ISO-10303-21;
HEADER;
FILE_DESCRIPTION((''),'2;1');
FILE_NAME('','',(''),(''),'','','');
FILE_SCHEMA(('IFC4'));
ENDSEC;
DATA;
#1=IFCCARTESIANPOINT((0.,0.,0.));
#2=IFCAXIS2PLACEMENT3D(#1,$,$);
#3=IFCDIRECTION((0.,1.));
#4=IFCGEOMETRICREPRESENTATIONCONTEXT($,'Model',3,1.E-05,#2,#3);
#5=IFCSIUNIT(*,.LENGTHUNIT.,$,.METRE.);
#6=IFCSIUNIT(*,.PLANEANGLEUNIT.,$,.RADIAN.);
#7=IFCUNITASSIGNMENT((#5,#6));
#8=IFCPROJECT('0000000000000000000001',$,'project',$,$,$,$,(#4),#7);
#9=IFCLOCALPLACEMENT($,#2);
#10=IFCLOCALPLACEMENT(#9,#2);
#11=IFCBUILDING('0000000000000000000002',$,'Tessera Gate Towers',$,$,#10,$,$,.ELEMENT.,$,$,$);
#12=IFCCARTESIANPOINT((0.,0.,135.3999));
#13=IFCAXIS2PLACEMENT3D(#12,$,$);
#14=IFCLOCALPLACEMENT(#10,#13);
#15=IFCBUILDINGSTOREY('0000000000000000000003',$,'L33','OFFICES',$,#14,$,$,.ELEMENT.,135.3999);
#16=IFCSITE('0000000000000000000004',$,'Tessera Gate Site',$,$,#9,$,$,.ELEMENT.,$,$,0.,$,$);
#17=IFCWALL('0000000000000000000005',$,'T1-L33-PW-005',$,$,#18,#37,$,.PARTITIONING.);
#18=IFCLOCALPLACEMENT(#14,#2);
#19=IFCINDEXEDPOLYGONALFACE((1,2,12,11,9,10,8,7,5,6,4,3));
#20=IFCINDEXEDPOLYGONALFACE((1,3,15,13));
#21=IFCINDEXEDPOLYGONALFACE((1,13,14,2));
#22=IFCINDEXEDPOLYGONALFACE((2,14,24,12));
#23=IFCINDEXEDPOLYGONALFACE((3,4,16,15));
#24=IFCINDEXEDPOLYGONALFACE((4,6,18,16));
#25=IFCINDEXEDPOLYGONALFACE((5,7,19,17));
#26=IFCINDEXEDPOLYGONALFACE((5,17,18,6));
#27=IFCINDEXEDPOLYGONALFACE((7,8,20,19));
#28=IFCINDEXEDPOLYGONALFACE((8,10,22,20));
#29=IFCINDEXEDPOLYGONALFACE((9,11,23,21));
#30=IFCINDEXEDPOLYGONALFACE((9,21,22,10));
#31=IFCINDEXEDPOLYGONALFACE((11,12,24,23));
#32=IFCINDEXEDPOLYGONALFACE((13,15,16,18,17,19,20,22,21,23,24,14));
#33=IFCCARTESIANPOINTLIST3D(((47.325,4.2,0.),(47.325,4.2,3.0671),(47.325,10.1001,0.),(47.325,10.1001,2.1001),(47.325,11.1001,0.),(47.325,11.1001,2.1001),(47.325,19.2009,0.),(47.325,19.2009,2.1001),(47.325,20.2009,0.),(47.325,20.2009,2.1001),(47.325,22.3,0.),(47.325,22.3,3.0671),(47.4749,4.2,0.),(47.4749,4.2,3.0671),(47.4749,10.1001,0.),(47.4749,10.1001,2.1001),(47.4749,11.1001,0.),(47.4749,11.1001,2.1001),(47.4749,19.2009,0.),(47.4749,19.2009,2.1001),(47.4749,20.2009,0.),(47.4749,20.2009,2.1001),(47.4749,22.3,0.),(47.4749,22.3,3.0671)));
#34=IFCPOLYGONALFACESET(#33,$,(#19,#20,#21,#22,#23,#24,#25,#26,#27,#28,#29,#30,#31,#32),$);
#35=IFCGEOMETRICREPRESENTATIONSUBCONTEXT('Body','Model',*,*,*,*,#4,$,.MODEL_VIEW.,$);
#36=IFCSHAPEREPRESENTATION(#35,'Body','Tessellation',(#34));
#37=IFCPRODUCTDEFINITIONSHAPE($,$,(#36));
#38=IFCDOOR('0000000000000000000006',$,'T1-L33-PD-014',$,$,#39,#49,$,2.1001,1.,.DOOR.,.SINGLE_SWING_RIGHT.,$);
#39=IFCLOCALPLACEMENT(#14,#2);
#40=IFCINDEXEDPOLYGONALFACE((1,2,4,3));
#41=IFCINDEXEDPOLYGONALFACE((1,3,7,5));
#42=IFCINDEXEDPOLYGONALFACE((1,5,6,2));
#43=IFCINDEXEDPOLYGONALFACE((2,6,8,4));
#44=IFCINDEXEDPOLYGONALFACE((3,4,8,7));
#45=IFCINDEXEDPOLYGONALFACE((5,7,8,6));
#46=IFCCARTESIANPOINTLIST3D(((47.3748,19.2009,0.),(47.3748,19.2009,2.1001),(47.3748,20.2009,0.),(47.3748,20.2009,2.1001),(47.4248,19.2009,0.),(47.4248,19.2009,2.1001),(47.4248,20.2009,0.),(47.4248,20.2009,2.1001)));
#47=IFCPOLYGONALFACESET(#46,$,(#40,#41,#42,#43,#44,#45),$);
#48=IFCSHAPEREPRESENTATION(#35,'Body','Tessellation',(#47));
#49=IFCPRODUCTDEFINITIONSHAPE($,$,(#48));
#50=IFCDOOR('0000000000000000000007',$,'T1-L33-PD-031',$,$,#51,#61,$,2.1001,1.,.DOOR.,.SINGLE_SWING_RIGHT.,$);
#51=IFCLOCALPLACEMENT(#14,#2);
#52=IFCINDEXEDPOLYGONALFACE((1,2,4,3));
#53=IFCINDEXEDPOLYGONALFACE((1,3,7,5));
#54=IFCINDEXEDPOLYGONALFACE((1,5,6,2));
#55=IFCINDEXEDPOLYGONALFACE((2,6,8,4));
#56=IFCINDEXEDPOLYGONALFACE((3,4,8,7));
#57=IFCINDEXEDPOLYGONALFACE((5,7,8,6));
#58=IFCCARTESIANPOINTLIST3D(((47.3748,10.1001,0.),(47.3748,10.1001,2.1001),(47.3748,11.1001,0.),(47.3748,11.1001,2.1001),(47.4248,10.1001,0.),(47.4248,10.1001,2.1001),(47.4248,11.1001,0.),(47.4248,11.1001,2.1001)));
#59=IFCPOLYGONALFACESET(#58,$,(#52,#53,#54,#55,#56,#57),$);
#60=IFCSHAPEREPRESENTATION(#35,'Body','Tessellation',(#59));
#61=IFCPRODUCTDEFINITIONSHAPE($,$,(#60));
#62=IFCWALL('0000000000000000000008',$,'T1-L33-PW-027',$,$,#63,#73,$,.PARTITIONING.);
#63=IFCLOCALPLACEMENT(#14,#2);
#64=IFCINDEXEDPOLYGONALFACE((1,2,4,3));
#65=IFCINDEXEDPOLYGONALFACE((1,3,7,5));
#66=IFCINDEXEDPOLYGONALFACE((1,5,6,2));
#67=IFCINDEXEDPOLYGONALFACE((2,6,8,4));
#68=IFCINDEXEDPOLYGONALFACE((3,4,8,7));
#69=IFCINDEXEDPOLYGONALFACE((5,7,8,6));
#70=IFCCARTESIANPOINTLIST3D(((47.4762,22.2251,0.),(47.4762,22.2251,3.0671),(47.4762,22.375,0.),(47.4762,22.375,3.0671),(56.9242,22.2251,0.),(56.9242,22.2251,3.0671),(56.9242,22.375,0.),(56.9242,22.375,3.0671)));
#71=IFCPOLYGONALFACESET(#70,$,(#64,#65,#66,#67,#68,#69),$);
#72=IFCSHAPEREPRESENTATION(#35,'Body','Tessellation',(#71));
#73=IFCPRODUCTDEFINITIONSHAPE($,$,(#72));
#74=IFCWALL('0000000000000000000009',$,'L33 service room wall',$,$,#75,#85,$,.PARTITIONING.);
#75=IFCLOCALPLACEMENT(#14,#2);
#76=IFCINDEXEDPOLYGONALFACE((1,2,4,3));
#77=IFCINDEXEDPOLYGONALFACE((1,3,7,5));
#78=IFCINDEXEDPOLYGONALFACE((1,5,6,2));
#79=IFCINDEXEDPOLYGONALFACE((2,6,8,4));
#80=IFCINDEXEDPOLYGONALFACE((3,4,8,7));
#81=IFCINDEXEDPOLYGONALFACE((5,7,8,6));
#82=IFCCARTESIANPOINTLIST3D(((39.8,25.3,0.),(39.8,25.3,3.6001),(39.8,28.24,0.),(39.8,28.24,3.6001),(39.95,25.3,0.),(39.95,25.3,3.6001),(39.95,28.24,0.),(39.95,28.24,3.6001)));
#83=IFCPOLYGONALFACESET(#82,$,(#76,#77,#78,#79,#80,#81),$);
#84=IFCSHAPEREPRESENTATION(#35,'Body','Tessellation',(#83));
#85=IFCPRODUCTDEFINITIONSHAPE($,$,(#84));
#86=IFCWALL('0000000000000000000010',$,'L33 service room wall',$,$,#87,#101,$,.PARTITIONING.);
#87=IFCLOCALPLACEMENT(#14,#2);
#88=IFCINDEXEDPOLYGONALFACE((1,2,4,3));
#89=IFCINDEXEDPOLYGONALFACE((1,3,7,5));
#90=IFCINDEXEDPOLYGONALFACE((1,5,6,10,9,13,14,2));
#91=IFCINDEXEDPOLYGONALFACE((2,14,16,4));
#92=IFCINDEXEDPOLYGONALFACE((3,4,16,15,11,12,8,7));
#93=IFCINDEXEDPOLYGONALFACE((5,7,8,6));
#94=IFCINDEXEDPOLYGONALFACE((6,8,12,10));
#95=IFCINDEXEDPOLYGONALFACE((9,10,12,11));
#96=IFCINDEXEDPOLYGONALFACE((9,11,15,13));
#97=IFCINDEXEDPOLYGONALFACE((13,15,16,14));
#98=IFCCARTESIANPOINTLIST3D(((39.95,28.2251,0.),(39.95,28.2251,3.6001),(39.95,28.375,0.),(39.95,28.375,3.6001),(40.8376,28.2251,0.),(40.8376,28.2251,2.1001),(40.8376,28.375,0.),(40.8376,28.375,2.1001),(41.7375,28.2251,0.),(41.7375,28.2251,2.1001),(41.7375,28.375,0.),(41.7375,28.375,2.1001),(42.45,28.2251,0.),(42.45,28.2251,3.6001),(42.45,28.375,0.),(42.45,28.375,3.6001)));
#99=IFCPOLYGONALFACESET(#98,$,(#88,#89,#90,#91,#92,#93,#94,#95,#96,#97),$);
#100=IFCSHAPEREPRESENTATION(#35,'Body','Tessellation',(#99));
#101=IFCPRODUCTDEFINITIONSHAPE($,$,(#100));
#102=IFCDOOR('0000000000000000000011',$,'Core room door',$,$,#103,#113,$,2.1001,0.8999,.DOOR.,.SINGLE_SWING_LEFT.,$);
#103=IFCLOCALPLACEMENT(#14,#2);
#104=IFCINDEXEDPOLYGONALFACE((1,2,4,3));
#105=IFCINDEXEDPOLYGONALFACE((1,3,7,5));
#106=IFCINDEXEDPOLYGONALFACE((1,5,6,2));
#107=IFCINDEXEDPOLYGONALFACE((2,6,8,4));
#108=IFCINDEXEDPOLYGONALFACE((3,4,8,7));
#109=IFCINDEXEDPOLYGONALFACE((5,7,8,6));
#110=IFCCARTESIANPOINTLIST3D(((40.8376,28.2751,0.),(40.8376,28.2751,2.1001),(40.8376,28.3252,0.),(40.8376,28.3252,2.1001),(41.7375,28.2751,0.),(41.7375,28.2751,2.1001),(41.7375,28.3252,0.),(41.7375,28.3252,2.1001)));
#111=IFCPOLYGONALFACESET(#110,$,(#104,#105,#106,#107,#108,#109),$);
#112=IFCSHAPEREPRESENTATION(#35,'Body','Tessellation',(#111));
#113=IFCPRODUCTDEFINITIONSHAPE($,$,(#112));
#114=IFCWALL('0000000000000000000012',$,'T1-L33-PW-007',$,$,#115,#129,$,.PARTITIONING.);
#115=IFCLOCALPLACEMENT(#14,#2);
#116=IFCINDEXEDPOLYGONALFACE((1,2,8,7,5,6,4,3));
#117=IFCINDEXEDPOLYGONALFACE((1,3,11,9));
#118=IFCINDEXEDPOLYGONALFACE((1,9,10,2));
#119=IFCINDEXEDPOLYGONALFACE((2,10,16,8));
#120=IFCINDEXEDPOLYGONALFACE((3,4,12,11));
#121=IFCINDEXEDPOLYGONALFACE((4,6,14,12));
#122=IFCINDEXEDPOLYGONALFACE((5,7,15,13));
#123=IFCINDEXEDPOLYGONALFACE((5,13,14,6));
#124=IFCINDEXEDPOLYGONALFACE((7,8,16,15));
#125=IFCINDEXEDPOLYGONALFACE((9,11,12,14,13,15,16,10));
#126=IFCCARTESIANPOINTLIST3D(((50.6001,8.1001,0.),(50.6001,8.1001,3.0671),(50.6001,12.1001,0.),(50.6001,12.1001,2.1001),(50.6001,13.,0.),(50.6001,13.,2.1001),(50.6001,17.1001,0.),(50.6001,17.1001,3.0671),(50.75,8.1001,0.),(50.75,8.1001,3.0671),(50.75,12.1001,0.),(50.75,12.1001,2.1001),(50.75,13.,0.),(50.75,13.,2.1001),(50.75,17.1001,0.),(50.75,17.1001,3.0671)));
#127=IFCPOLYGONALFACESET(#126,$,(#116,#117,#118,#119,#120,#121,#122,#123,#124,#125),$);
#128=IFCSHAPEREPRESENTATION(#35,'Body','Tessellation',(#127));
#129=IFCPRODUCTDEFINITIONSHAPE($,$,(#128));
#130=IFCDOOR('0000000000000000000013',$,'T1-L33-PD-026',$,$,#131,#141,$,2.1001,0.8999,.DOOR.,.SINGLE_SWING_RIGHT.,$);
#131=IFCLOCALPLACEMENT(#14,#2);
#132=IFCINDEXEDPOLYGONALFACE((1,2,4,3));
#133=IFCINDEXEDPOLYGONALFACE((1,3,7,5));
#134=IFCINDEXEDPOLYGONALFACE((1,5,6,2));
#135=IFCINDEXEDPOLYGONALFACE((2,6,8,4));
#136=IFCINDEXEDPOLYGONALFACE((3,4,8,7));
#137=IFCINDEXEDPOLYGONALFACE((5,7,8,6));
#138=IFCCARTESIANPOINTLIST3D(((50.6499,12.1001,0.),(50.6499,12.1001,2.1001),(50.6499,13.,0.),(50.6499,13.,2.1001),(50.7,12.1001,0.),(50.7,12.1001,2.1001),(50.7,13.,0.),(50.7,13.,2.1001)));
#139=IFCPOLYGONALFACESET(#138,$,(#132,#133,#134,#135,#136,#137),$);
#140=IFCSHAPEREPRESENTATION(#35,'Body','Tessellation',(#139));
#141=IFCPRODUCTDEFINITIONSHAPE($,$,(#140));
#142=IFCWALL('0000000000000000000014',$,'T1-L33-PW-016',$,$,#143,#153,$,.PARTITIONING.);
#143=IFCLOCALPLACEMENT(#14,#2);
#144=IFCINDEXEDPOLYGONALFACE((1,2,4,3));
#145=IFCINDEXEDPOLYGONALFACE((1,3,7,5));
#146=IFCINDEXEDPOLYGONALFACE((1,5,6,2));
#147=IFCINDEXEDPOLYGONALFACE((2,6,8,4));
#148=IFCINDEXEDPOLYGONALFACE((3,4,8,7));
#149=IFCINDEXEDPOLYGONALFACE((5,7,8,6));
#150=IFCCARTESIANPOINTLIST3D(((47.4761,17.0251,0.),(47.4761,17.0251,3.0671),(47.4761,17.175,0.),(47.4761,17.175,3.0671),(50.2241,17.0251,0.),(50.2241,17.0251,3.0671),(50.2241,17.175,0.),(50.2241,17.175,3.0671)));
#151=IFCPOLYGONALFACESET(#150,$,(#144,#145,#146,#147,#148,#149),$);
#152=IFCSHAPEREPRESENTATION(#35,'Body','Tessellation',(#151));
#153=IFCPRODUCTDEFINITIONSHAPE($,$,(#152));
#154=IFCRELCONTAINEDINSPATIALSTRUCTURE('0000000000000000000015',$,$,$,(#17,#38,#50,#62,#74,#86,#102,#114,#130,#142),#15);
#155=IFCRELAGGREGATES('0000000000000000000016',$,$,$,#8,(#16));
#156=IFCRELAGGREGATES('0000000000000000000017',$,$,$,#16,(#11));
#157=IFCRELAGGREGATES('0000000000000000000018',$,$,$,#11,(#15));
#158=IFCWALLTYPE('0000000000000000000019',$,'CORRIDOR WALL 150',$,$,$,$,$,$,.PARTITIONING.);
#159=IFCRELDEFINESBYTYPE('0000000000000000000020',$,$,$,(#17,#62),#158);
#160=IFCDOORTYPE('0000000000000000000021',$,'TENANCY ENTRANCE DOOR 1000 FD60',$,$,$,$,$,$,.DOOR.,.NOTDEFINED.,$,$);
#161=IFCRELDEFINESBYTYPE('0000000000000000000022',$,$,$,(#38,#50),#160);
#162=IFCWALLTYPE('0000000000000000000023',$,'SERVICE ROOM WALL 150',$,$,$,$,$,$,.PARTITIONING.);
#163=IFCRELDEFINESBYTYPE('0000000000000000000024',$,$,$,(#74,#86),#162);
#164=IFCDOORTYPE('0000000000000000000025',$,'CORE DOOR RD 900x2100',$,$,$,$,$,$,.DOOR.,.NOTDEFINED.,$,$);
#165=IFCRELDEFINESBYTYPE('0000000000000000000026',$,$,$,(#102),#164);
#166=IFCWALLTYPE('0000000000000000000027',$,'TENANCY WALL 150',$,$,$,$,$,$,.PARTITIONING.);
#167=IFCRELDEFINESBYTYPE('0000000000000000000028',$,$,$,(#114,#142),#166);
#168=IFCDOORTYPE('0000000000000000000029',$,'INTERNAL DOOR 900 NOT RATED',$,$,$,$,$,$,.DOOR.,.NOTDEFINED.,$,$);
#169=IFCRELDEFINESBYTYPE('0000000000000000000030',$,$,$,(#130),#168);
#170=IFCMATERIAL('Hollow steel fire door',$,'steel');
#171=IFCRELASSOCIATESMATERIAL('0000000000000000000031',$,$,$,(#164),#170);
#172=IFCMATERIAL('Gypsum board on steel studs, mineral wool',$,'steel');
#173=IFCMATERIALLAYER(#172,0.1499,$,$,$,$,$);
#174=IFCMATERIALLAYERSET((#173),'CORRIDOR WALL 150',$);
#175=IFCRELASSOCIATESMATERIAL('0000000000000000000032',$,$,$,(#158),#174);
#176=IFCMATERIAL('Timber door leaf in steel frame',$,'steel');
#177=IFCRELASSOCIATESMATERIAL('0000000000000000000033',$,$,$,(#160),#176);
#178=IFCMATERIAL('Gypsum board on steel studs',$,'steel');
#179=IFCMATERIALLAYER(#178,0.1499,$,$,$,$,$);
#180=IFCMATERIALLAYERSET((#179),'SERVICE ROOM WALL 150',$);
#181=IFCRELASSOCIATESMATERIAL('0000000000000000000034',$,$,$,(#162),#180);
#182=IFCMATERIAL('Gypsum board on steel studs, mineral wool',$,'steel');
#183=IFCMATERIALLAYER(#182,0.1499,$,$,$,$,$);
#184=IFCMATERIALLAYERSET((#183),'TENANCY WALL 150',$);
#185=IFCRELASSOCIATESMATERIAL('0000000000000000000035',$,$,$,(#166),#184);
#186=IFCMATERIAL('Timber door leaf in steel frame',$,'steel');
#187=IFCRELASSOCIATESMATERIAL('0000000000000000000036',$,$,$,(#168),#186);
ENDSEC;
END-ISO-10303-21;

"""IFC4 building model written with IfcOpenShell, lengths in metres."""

from ifc_helpers import new_model, si_unit, direction, frame, frame_2d, origin, place, context, subcontext, project, spatial, rectangle, extrude, source, transform, mapped, material, layer, layer_set, type_object, element, fill, save


model = new_model("IFC4")

# Units and contexts
model_context = context("Model", 3, precision=1e-05, world=origin(), true_north=direction((0.0, 1.0)))
body_context = subcontext(model_context, "Body", "Model", "MODEL_VIEW")
ifc_project = project(units=[si_unit("LENGTHUNIT", "METRE"), si_unit("PLANEANGLEUNIT", "RADIAN")], contexts=[model_context])

# Site, building, storey
site_placement = place(None, origin())
site = spatial("IfcSite", under=ifc_project, at=site_placement, Name="Tessera Gate Site", CompositionType="ELEMENT", RefElevation=0.0)
building_placement = place(site_placement, origin())
building = spatial("IfcBuilding", under=site, at=building_placement, Name="Tessera Gate Towers", CompositionType="ELEMENT")
storey_placement = place(building_placement, frame((0.0, 0.0, 135.3999)))
storey = spatial("IfcBuildingStorey", under=building, at=storey_placement, Name="L33", Description="OFFICES", CompositionType="ELEMENT", Elevation=135.3999)

# Shared definitions
ifc_material_1 = material(Name="Hollow steel fire door", Category="steel")
door_type_1 = type_object("IfcDoorType", Name="CORE DOOR RD 900x2100", OperationType="NOTDEFINED", PredefinedType="DOOR", material=ifc_material_1)
shared_shape_1 = source(origin(), body_context, "Body", "SweptSolid", [
    extrude(rectangle(XDim=0.8999, YDim=2.1001, at=frame_2d((0.45, 1.05))), frame((0.0, 0.0249, 0.0), z_axis=(0.0, -1.0, 0.0), x_axis=(1.0, 0.0, 0.0)), (0.0, 0.0, 1.0), 0.05),
])

# Wall, openings, doors
ifc_material_2 = material(Name="Gypsum board on steel studs, mineral wool", Category="steel")
ifc_layer_1 = layer(ifc_material_2, 0.1499)
ifc_layer_set_1 = layer_set([ifc_layer_1], Name="CORRIDOR WALL 150")
wall_type_1 = type_object("IfcWallType", Name="CORRIDOR WALL 150", PredefinedType="PARTITIONING", material=ifc_layer_set_1)
wall_1_placement = place(storey_placement, frame((47.3999, 22.3, 0.0), z_axis=(0.0, 0.0, 1.0), x_axis=(0.0, -1.0, 0.0)))
wall_1 = element("IfcWall", 1, at=wall_1_placement, inside=storey, type_object=wall_type_1, Name="T1-L33-PW-005", PredefinedType="PARTITIONING", context=body_context, shape_type="SweptSolid", body=[
    extrude(rectangle(XDim=18.1001, YDim=0.1499, at=frame_2d((9.05, 0.0))), origin(), (0.0, 0.0, 1.0), 3.0671),
])
shared_shape_2 = source(origin(), body_context, "Body", "SweptSolid", [
    extrude(rectangle(XDim=1.0, YDim=2.1001, at=frame_2d((0.5, 1.05))), frame((0.0, 0.085, 0.0), z_axis=(0.0, -1.0, 0.0), x_axis=(1.0, 0.0, 0.0)), (0.0, 0.0, 1.0), 0.1699),
])
opening_1_placement = place(wall_1_placement, frame((2.0991, 0.0, 0.0)))
opening_1 = element("IfcOpeningElement", 2, at=opening_1_placement, cuts=wall_1, PredefinedType="OPENING", context=body_context, shape_type="MappedRepresentation", body=[
    mapped(shared_shape_2, transform((0.0, 0.0, 0.0), scale=1.0)),
])
opening_2_placement = place(wall_1_placement, frame((11.2, 0.0, 0.0)))
opening_2 = element("IfcOpeningElement", 3, at=opening_2_placement, cuts=wall_1, PredefinedType="OPENING", context=body_context, shape_type="MappedRepresentation", body=[
    mapped(shared_shape_2, transform((0.0, 0.0, 0.0), scale=1.0)),
])
ifc_material_3 = material(Name="Timber door leaf in steel frame", Category="steel")
door_type_2 = type_object("IfcDoorType", Name="TENANCY ENTRANCE DOOR 1000 FD60", OperationType="NOTDEFINED", PredefinedType="DOOR", material=ifc_material_3)
shared_shape_3 = source(origin(), body_context, "Body", "SweptSolid", [
    extrude(rectangle(XDim=1.0, YDim=2.1001, at=frame_2d((0.5, 1.05))), frame((0.0, 0.0249, 0.0), z_axis=(0.0, -1.0, 0.0), x_axis=(1.0, 0.0, 0.0)), (0.0, 0.0, 1.0), 0.05),
])
door_1_placement = place(opening_1_placement, origin())
door_1 = element("IfcDoor", 4, at=door_1_placement, inside=storey, type_object=door_type_2, Name="T1-L33-PD-014", OperationType="SINGLE_SWING_RIGHT", OverallHeight=2.1001, OverallWidth=1.0, PredefinedType="DOOR", context=body_context, shape_type="MappedRepresentation", body=[
    mapped(shared_shape_3, transform((0.0, 0.0, 0.0), scale=1.0)),
])
fill(opening_1, door_1)
door_2_placement = place(opening_2_placement, origin())
door_2 = element("IfcDoor", 5, at=door_2_placement, inside=storey, type_object=door_type_2, Name="T1-L33-PD-031", OperationType="SINGLE_SWING_RIGHT", OverallHeight=2.1001, OverallWidth=1.0, PredefinedType="DOOR", context=body_context, shape_type="MappedRepresentation", body=[
    mapped(shared_shape_3, transform((0.0, 0.0, 0.0), scale=1.0)),
])
fill(opening_2, door_2)

# Walls
wall_2_placement = place(storey_placement, frame((47.4761, 22.3, 0.0), z_axis=(0.0, 0.0, 1.0), x_axis=(1.0, 0.0, 0.0)))
element("IfcWall", 6, at=wall_2_placement, inside=storey, type_object=wall_type_1, Name="T1-L33-PW-027", PredefinedType="PARTITIONING", context=body_context, shape_type="SweptSolid", body=[
    extrude(rectangle(XDim=9.448, YDim=0.1499, at=frame_2d((4.7241, 0.0))), origin(), (0.0, 0.0, 1.0), 3.0671),
])
ifc_material_4 = material(Name="Gypsum board on steel studs", Category="steel")
ifc_layer_2 = layer(ifc_material_4, 0.1499)
ifc_layer_set_2 = layer_set([ifc_layer_2], Name="SERVICE ROOM WALL 150")
wall_type_2 = type_object("IfcWallType", Name="SERVICE ROOM WALL 150", PredefinedType="PARTITIONING", material=ifc_layer_set_2)
wall_3_placement = place(storey_placement, frame((39.875, 25.3, 0.0), z_axis=(0.0, 0.0, 1.0), x_axis=(0.0, 1.0, 0.0)))
element("IfcWall", 7, at=wall_3_placement, inside=storey, type_object=wall_type_2, Name="L33 service room wall", PredefinedType="PARTITIONING", context=body_context, shape_type="SweptSolid", body=[
    extrude(rectangle(XDim=2.9399, YDim=0.1499, at=frame_2d((1.47, 0.0))), origin(), (0.0, 0.0, 1.0), 3.6001),
])

# Walls, openings, doors
wall_4_placement = place(storey_placement, frame((42.45, 28.3, 0.0), z_axis=(0.0, 0.0, 1.0), x_axis=(-1.0, 0.0, 0.0)))
wall_4 = element("IfcWall", 8, at=wall_4_placement, inside=storey, type_object=wall_type_2, Name="L33 service room wall", PredefinedType="PARTITIONING", context=body_context, shape_type="SweptSolid", body=[
    extrude(rectangle(XDim=2.5, YDim=0.1499, at=frame_2d((1.25, 0.0))), origin(), (0.0, 0.0, 1.0), 3.6001),
])
shared_shape_4 = source(origin(), body_context, "Body", "SweptSolid", [
    extrude(rectangle(XDim=0.8999, YDim=2.1001, at=frame_2d((0.45, 1.05))), frame((0.0, 0.085, 0.0), z_axis=(0.0, -1.0, 0.0), x_axis=(1.0, 0.0, 0.0)), (0.0, 0.0, 1.0), 0.1699),
])
opening_3_placement = place(wall_4_placement, frame((0.7124, 0.0, 0.0)))
opening_3 = element("IfcOpeningElement", 9, at=opening_3_placement, cuts=wall_4, PredefinedType="OPENING", context=body_context, shape_type="MappedRepresentation", body=[
    mapped(shared_shape_4, transform((0.0, 0.0, 0.0), scale=1.0)),
])
door_3_placement = place(opening_3_placement, origin())
door_3 = element("IfcDoor", 10, at=door_3_placement, inside=storey, type_object=door_type_1, Name="Core room door", OperationType="SINGLE_SWING_LEFT", OverallHeight=2.1001, OverallWidth=0.8999, PredefinedType="DOOR", context=body_context, shape_type="MappedRepresentation", body=[
    mapped(shared_shape_1, transform((0.0, 0.0, 0.0), scale=1.0)),
])
fill(opening_3, door_3)
ifc_material_5 = material(Name="Gypsum board on steel studs, mineral wool", Category="steel")
ifc_layer_3 = layer(ifc_material_5, 0.1499)
ifc_layer_set_3 = layer_set([ifc_layer_3], Name="TENANCY WALL 150")
wall_type_3 = type_object("IfcWallType", Name="TENANCY WALL 150", PredefinedType="PARTITIONING", material=ifc_layer_set_3)
wall_5_placement = place(storey_placement, frame((50.675, 17.1001, 0.0), z_axis=(0.0, 0.0, 1.0), x_axis=(0.0, -1.0, 0.0)))
wall_5 = element("IfcWall", 11, at=wall_5_placement, inside=storey, type_object=wall_type_3, Name="T1-L33-PW-007", PredefinedType="PARTITIONING", context=body_context, shape_type="SweptSolid", body=[
    extrude(rectangle(XDim=9.0, YDim=0.1499, at=frame_2d((4.5, 0.0))), origin(), (0.0, 0.0, 1.0), 3.0671),
])
opening_4_placement = place(wall_5_placement, frame((4.1001, 0.0, 0.0)))
opening_4 = element("IfcOpeningElement", 12, at=opening_4_placement, cuts=wall_5, PredefinedType="OPENING", context=body_context, shape_type="MappedRepresentation", body=[
    mapped(shared_shape_4, transform((0.0, 0.0, 0.0), scale=1.0)),
])
ifc_material_6 = material(Name="Timber door leaf in steel frame", Category="steel")
door_type_3 = type_object("IfcDoorType", Name="INTERNAL DOOR 900 NOT RATED", OperationType="NOTDEFINED", PredefinedType="DOOR", material=ifc_material_6)
door_4_placement = place(opening_4_placement, origin())
door_4 = element("IfcDoor", 13, at=door_4_placement, inside=storey, type_object=door_type_3, Name="T1-L33-PD-026", OperationType="SINGLE_SWING_RIGHT", OverallHeight=2.1001, OverallWidth=0.8999, PredefinedType="DOOR", context=body_context, shape_type="MappedRepresentation", body=[
    mapped(shared_shape_1, transform((0.0, 0.0, 0.0), scale=1.0)),
])
fill(opening_4, door_4)

# Wall
wall_6_placement = place(storey_placement, frame((47.4761, 17.1001, 0.0), z_axis=(0.0, 0.0, 1.0), x_axis=(1.0, 0.0, 0.0)))
element("IfcWall", 14, at=wall_6_placement, inside=storey, type_object=wall_type_3, Name="T1-L33-PW-016", PredefinedType="PARTITIONING", context=body_context, shape_type="SweptSolid", body=[
    extrude(rectangle(XDim=2.748, YDim=0.1499, at=frame_2d((1.374, 0.0))), origin(), (0.0, 0.0, 1.0), 3.0671),
])

save(model, "model.ifc")
